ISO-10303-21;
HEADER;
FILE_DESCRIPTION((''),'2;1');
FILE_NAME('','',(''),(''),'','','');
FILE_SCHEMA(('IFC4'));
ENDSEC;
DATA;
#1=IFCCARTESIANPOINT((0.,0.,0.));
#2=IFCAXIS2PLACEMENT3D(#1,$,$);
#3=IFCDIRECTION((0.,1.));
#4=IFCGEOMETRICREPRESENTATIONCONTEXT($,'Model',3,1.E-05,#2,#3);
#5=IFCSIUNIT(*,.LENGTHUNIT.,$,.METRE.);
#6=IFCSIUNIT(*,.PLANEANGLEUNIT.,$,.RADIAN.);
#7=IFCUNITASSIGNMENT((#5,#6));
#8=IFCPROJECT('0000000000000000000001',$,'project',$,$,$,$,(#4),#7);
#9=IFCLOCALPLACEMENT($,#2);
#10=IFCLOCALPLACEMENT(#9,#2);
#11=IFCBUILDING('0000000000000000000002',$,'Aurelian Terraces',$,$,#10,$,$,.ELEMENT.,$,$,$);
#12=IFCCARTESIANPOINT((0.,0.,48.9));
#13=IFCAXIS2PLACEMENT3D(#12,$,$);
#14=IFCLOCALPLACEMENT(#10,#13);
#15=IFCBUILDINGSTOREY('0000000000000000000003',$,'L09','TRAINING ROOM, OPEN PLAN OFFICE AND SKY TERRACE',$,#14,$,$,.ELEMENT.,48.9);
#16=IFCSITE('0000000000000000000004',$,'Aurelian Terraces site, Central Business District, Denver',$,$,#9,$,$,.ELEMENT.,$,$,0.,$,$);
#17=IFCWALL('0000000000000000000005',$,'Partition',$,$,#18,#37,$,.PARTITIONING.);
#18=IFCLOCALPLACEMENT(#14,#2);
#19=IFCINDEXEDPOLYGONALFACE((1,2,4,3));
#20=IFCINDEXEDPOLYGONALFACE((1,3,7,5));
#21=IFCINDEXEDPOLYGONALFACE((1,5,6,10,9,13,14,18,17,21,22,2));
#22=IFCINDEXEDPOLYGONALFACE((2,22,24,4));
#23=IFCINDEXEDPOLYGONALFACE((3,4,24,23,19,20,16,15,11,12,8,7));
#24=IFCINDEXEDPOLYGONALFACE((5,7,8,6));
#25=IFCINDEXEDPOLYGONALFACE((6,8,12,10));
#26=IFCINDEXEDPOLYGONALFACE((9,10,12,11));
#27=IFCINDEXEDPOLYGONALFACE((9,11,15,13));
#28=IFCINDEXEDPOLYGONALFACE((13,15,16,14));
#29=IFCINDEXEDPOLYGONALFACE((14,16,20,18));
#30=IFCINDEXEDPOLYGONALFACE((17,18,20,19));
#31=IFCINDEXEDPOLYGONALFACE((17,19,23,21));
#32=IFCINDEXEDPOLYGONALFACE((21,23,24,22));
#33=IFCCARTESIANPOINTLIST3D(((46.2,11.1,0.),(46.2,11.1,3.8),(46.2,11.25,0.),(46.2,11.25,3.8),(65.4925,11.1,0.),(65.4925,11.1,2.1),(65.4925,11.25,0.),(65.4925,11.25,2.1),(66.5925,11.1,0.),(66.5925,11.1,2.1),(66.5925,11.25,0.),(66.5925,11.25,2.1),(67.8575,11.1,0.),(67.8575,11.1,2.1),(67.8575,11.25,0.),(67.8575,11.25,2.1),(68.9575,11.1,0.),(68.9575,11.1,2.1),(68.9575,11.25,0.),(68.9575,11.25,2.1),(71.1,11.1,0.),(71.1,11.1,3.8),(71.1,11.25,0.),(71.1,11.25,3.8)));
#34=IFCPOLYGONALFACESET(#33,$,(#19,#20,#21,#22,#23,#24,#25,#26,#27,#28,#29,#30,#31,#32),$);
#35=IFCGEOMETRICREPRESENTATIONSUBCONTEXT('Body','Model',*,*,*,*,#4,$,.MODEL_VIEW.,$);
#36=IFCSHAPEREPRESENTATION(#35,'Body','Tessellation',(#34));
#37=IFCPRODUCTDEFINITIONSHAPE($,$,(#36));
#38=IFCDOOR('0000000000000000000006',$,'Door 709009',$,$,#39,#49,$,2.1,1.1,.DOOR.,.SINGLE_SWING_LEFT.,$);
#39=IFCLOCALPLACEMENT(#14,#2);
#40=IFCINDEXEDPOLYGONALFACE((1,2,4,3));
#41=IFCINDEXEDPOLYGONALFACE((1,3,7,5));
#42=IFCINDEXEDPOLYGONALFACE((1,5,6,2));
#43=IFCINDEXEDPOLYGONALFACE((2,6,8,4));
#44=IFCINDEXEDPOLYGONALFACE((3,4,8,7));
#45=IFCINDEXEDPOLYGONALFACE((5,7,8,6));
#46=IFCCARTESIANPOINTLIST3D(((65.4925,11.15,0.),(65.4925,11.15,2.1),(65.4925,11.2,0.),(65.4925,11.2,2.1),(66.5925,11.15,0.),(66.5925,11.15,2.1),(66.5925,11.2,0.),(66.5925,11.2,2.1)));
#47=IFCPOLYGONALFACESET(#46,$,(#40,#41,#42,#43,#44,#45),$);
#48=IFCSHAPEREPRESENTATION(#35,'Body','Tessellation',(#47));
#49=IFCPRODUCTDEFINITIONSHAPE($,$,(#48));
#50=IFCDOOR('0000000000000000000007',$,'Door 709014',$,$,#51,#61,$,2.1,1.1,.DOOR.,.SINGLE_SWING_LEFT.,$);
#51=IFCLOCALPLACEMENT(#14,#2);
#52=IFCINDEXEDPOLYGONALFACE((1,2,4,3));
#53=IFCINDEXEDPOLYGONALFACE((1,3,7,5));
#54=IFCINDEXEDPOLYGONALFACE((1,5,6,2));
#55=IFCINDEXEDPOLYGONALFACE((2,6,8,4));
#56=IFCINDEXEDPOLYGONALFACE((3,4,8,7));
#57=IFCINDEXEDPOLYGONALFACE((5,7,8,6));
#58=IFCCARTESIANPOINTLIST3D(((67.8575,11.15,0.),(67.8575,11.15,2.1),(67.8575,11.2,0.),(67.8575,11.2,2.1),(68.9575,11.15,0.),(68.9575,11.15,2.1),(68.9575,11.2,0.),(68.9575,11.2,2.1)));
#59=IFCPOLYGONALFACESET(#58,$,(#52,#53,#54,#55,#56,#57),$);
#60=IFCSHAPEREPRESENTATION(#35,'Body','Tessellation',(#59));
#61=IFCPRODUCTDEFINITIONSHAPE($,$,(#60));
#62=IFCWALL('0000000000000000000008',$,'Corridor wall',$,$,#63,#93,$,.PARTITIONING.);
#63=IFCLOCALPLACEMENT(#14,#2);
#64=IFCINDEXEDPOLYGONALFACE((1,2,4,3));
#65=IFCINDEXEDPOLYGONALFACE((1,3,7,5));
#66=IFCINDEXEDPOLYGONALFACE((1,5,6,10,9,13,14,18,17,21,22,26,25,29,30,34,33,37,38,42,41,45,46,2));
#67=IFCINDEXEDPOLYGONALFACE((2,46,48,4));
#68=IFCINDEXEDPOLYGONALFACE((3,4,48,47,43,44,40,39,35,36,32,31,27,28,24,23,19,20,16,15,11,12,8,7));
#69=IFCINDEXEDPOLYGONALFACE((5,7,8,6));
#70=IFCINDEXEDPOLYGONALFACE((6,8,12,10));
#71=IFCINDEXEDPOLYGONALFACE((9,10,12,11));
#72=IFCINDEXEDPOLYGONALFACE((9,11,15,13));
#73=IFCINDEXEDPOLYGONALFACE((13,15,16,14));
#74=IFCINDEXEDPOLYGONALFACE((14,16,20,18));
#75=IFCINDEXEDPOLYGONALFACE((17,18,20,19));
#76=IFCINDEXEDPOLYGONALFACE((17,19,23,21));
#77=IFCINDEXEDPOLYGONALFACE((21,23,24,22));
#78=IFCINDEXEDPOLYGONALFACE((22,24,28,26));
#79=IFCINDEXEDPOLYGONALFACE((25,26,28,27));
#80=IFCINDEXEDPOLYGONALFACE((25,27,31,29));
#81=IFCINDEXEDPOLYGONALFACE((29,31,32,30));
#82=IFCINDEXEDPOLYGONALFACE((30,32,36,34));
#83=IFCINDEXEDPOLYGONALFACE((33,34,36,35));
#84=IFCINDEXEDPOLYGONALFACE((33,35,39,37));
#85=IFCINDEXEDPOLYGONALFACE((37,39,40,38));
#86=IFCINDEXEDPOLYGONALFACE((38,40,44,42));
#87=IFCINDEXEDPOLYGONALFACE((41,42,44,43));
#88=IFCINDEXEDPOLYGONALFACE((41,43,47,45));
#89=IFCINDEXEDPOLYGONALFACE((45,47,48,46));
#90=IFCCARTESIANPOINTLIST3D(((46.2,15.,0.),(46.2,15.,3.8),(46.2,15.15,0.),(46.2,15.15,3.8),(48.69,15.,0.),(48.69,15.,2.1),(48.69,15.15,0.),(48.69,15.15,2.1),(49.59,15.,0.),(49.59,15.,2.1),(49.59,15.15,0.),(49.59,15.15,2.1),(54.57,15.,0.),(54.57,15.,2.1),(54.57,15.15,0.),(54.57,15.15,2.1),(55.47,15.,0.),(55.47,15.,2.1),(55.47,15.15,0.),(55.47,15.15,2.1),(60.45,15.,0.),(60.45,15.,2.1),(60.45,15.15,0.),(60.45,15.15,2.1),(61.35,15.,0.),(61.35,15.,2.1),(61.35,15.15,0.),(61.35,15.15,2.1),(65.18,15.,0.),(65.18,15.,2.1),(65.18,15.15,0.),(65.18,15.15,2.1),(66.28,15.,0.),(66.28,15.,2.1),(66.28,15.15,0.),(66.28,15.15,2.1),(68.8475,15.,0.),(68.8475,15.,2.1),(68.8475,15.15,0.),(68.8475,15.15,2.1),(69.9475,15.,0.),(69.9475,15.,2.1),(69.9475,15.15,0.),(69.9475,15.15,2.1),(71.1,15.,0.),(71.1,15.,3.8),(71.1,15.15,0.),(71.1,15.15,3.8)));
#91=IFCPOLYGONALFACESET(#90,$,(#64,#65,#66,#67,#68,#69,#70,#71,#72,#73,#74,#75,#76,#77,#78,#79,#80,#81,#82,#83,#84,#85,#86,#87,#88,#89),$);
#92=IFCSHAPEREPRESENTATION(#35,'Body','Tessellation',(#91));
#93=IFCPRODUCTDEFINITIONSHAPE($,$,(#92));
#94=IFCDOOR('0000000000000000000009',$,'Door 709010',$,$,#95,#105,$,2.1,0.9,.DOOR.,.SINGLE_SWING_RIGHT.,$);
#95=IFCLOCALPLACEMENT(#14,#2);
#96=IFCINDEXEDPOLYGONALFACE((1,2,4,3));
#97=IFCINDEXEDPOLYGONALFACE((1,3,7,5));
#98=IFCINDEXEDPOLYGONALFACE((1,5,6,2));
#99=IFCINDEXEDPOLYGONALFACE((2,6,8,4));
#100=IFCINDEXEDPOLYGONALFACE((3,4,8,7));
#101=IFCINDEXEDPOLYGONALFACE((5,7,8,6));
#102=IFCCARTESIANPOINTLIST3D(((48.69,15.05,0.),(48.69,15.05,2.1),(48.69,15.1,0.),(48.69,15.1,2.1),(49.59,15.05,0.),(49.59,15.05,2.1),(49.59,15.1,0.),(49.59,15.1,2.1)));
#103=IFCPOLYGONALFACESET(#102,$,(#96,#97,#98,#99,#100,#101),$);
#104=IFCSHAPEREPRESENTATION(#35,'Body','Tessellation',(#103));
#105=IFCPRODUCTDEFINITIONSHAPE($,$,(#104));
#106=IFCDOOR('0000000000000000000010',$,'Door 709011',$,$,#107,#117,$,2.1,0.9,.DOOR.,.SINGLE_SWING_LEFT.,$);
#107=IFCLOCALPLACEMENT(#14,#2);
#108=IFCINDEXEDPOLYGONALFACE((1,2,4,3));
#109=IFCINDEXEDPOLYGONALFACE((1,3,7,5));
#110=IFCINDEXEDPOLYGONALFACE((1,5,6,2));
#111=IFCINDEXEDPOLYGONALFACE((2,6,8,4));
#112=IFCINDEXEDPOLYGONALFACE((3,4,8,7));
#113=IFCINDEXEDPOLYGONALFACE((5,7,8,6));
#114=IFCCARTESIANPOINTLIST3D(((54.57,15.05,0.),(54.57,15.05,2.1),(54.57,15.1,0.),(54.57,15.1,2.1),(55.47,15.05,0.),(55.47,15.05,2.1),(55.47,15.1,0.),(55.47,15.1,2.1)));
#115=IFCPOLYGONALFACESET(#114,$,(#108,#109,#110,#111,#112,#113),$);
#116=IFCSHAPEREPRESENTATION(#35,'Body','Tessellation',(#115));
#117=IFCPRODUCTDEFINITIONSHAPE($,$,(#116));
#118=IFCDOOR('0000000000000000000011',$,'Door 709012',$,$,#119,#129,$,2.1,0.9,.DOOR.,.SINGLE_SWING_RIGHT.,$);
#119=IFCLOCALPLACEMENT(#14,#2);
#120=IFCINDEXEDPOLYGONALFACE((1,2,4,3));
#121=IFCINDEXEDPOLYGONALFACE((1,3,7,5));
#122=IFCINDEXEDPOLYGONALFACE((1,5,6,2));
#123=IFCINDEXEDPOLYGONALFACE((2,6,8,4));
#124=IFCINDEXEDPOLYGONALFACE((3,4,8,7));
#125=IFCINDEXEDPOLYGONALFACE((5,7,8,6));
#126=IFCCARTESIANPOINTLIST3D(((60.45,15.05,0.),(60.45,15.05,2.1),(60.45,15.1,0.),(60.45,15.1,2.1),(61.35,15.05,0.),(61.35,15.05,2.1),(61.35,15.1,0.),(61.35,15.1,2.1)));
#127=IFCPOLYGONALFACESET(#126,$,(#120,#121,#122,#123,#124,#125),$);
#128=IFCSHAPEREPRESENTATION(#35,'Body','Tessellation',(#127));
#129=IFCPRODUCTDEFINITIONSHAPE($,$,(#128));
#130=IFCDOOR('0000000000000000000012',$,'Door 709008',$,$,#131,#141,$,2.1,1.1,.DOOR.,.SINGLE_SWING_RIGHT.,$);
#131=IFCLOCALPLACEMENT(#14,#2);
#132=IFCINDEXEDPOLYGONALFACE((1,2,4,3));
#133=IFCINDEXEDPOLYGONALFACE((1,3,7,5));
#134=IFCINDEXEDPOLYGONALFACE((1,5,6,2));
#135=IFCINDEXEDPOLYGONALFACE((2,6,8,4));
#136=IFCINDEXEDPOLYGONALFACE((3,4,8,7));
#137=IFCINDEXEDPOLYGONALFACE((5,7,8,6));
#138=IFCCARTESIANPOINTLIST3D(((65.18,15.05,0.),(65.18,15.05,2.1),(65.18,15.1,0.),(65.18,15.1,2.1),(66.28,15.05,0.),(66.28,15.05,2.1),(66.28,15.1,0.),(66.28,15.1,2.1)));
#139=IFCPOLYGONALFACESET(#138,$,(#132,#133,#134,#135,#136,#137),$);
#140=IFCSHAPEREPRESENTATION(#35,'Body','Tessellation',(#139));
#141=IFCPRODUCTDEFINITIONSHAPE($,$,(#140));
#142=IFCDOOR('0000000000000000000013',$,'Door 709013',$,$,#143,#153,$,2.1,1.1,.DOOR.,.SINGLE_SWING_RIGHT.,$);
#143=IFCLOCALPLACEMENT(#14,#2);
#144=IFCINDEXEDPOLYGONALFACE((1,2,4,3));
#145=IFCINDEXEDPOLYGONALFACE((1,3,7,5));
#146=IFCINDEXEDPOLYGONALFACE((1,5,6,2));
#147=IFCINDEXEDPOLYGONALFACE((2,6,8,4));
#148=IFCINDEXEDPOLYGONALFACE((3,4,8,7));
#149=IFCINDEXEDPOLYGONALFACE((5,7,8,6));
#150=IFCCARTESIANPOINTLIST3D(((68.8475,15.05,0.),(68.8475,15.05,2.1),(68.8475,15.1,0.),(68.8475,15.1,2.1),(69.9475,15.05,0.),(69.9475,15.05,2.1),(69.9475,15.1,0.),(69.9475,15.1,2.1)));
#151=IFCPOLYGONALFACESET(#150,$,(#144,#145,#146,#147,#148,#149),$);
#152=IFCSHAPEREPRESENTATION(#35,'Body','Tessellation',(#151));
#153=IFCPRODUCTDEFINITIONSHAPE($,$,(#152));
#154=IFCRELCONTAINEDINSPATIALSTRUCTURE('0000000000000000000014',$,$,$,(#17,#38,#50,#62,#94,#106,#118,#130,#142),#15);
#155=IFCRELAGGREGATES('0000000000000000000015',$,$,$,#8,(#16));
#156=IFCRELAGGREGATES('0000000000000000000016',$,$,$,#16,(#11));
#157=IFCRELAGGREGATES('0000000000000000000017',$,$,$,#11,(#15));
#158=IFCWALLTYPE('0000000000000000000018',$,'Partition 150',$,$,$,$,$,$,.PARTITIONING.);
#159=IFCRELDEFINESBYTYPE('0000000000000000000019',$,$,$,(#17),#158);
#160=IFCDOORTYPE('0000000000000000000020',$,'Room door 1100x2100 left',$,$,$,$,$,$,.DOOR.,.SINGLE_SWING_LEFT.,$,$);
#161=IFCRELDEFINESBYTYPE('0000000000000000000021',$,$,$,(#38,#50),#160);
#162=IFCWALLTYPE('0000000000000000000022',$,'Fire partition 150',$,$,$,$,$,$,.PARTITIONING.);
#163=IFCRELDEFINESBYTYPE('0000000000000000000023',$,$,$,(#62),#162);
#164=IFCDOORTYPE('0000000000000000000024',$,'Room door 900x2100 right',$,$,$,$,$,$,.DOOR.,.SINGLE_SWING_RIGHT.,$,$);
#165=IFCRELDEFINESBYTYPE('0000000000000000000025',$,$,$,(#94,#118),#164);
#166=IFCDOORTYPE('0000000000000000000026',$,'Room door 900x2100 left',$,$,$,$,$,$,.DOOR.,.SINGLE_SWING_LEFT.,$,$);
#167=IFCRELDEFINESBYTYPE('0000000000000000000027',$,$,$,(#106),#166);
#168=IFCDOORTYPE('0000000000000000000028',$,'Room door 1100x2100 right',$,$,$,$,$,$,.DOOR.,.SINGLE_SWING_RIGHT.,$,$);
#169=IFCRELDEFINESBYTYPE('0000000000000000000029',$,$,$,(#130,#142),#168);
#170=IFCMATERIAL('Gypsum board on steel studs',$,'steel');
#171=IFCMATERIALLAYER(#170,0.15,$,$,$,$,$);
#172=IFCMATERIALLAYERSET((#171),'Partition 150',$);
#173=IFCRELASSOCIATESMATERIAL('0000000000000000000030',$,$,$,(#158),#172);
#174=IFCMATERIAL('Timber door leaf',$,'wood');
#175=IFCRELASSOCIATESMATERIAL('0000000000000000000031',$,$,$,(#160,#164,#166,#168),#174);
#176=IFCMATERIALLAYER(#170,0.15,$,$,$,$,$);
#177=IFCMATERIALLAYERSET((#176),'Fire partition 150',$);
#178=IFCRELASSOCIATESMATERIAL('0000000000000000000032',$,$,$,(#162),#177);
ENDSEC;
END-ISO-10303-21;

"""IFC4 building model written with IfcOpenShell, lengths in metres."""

from ifc_helpers import new_model, si_unit, direction, frame, frame_2d, origin, place, context, subcontext, project, spatial, rectangle, extrude, source, transform, mapped, material, layer, layer_set, type_object, element, fill, save


model = new_model("IFC4")

# Units and contexts
model_context = context("Model", 3, precision=1e-05, world=origin(), true_north=direction((0.0, 1.0)))
body_context = subcontext(model_context, "Body", "Model", "MODEL_VIEW")
ifc_project = project(units=[si_unit("LENGTHUNIT", "METRE"), si_unit("PLANEANGLEUNIT", "RADIAN")], contexts=[model_context])

# Site, building, storey
site_placement = place(None, origin())
site = spatial("IfcSite", under=ifc_project, at=site_placement, Name="Aurelian Terraces site, Central Business District, Denver", CompositionType="ELEMENT", RefElevation=0.0)
building_placement = place(site_placement, origin())
building = spatial("IfcBuilding", under=site, at=building_placement, Name="Aurelian Terraces", CompositionType="ELEMENT")
storey_placement = place(building_placement, frame((0.0, 0.0, 48.9)))
storey = spatial("IfcBuildingStorey", under=building, at=storey_placement, Name="L09", Description="TRAINING ROOM, OPEN PLAN OFFICE AND SKY TERRACE", CompositionType="ELEMENT", Elevation=48.9)

# Shared definitions
ifc_material_1 = material(Name="Gypsum board on steel studs", Category="steel")
ifc_layer_1 = layer(ifc_material_1, 0.15)
ifc_layer_set_1 = layer_set([ifc_layer_1], Name="Partition 150")
wall_type_1 = type_object("IfcWallType", Name="Partition 150", PredefinedType="PARTITIONING", material=ifc_layer_set_1)

# Walls, openings, doors
shared_shape_1 = source(origin(), body_context, "Body", "SweptSolid", [
    extrude(rectangle(XDim=24.9, YDim=0.15, at=frame_2d((12.45, 0.0))), origin(), (0.0, 0.0, 1.0), 3.8),
])
wall_1_placement = place(storey_placement, frame((71.1, 11.175, 0.0), z_axis=(0.0, 0.0, 1.0), x_axis=(-1.0, 0.0, 0.0)))
wall_1 = element("IfcWall", 1, at=wall_1_placement, inside=storey, type_object=wall_type_1, Name="Partition", PredefinedType="PARTITIONING", context=body_context, shape_type="MappedRepresentation", body=[
    mapped(shared_shape_1, transform((0.0, 0.0, 0.0), scale=1.0)),
])
shared_shape_2 = source(origin(), body_context, "Body", "SweptSolid", [
    extrude(rectangle(XDim=1.1, YDim=2.1, at=frame_2d((0.55, 1.05))), frame((0.0, 0.085, 0.0), z_axis=(0.0, -1.0, 0.0), x_axis=(1.0, 0.0, 0.0)), (0.0, 0.0, 1.0), 0.17),
])
opening_1_placement = place(wall_1_placement, frame((4.5075, 0.0, 0.0)))
opening_1 = element("IfcOpeningElement", 2, at=opening_1_placement, cuts=wall_1, PredefinedType="OPENING", context=body_context, shape_type="MappedRepresentation", body=[
    mapped(shared_shape_2, transform((0.0, 0.0, 0.0), scale=1.0)),
])
opening_2_placement = place(wall_1_placement, frame((2.1425, 0.0, 0.0)))
opening_2 = element("IfcOpeningElement", 3, at=opening_2_placement, cuts=wall_1, PredefinedType="OPENING", context=body_context, shape_type="MappedRepresentation", body=[
    mapped(shared_shape_2, transform((0.0, 0.0, 0.0), scale=1.0)),
])
ifc_material_2 = material(Name="Timber door leaf", Category="wood")
door_type_1 = type_object("IfcDoorType", Name="Room door 1100x2100 left", OperationType="SINGLE_SWING_LEFT", PredefinedType="DOOR", material=ifc_material_2)
shared_shape_3 = source(origin(), body_context, "Body", "SweptSolid", [
    extrude(rectangle(XDim=1.1, YDim=2.1, at=frame_2d((0.55, 1.05))), frame((0.0, 0.025, 0.0), z_axis=(0.0, -1.0, 0.0), x_axis=(1.0, 0.0, 0.0)), (0.0, 0.0, 1.0), 0.05),
])
door_1_placement = place(opening_1_placement, origin())
door_1 = element("IfcDoor", 4, at=door_1_placement, inside=storey, type_object=door_type_1, Name="Door 709009", OperationType="SINGLE_SWING_LEFT", OverallHeight=2.1, OverallWidth=1.1, PredefinedType="DOOR", context=body_context, shape_type="MappedRepresentation", body=[
    mapped(shared_shape_3, transform((0.0, 0.0, 0.0), scale=1.0)),
])
fill(opening_1, door_1)
door_2_placement = place(opening_2_placement, origin())
door_2 = element("IfcDoor", 5, at=door_2_placement, inside=storey, type_object=door_type_1, Name="Door 709014", OperationType="SINGLE_SWING_LEFT", OverallHeight=2.1, OverallWidth=1.1, PredefinedType="DOOR", context=body_context, shape_type="MappedRepresentation", body=[
    mapped(shared_shape_3, transform((0.0, 0.0, 0.0), scale=1.0)),
])
fill(opening_2, door_2)
ifc_layer_2 = layer(ifc_material_1, 0.15)
ifc_layer_set_2 = layer_set([ifc_layer_2], Name="Fire partition 150")
wall_type_2 = type_object("IfcWallType", Name="Fire partition 150", PredefinedType="PARTITIONING", material=ifc_layer_set_2)
wall_2_placement = place(storey_placement, frame((71.1, 15.075, 0.0), z_axis=(0.0, 0.0, 1.0), x_axis=(-1.0, 0.0, 0.0)))
wall_2 = element("IfcWall", 6, at=wall_2_placement, inside=storey, type_object=wall_type_2, Name="Corridor wall", PredefinedType="PARTITIONING", context=body_context, shape_type="MappedRepresentation", body=[
    mapped(shared_shape_1, transform((0.0, 0.0, 0.0), scale=1.0)),
])
opening_3_placement = place(wall_2_placement, frame((4.82, 0.0, 0.0)))
opening_3 = element("IfcOpeningElement", 7, at=opening_3_placement, cuts=wall_2, PredefinedType="OPENING", context=body_context, shape_type="MappedRepresentation", body=[
    mapped(shared_shape_2, transform((0.0, 0.0, 0.0), scale=1.0)),
])
shared_shape_4 = source(origin(), body_context, "Body", "SweptSolid", [
    extrude(rectangle(XDim=0.9, YDim=2.1, at=frame_2d((0.45, 1.05))), frame((0.0, 0.085, 0.0), z_axis=(0.0, -1.0, 0.0), x_axis=(1.0, 0.0, 0.0)), (0.0, 0.0, 1.0), 0.17),
])
opening_4_placement = place(wall_2_placement, frame((21.51, 0.0, 0.0)))
opening_4 = element("IfcOpeningElement", 8, at=opening_4_placement, cuts=wall_2, PredefinedType="OPENING", context=body_context, shape_type="MappedRepresentation", body=[
    mapped(shared_shape_4, transform((0.0, 0.0, 0.0), scale=1.0)),
])
opening_5_placement = place(wall_2_placement, frame((15.63, 0.0, 0.0)))
opening_5 = element("IfcOpeningElement", 9, at=opening_5_placement, cuts=wall_2, PredefinedType="OPENING", context=body_context, shape_type="MappedRepresentation", body=[
    mapped(shared_shape_4, transform((0.0, 0.0, 0.0), scale=1.0)),
])
opening_6_placement = place(wall_2_placement, frame((9.75, 0.0, 0.0)))
opening_6 = element("IfcOpeningElement", 10, at=opening_6_placement, cuts=wall_2, PredefinedType="OPENING", context=body_context, shape_type="MappedRepresentation", body=[
    mapped(shared_shape_4, transform((0.0, 0.0, 0.0), scale=1.0)),
])
opening_7_placement = place(wall_2_placement, frame((1.1525, 0.0, 0.0)))
opening_7 = element("IfcOpeningElement", 11, at=opening_7_placement, cuts=wall_2, PredefinedType="OPENING", context=body_context, shape_type="MappedRepresentation", body=[
    mapped(shared_shape_2, transform((0.0, 0.0, 0.0), scale=1.0)),
])
door_type_2 = type_object("IfcDoorType", Name="Room door 900x2100 right", OperationType="SINGLE_SWING_RIGHT", PredefinedType="DOOR", material=ifc_material_2)
shared_shape_5 = source(origin(), body_context, "Body", "SweptSolid", [
    extrude(rectangle(XDim=0.9, YDim=2.1, at=frame_2d((0.45, 1.05))), frame((0.0, 0.025, 0.0), z_axis=(0.0, -1.0, 0.0), x_axis=(1.0, 0.0, 0.0)), (0.0, 0.0, 1.0), 0.05),
])
door_3_placement = place(opening_4_placement, origin())
door_3 = element("IfcDoor", 12, at=door_3_placement, inside=storey, type_object=door_type_2, Name="Door 709010", OperationType="SINGLE_SWING_RIGHT", OverallHeight=2.1, OverallWidth=0.9, PredefinedType="DOOR", context=body_context, shape_type="MappedRepresentation", body=[
    mapped(shared_shape_5, transform((0.0, 0.0, 0.0), scale=1.0)),
])
fill(opening_4, door_3)
door_type_3 = type_object("IfcDoorType", Name="Room door 900x2100 left", OperationType="SINGLE_SWING_LEFT", PredefinedType="DOOR", material=ifc_material_2)
door_4_placement = place(opening_5_placement, origin())
door_4 = element("IfcDoor", 13, at=door_4_placement, inside=storey, type_object=door_type_3, Name="Door 709011", OperationType="SINGLE_SWING_LEFT", OverallHeight=2.1, OverallWidth=0.9, PredefinedType="DOOR", context=body_context, shape_type="MappedRepresentation", body=[
    mapped(shared_shape_5, transform((0.0, 0.0, 0.0), scale=1.0)),
])
fill(opening_5, door_4)
door_5_placement = place(opening_6_placement, origin())
door_5 = element("IfcDoor", 14, at=door_5_placement, inside=storey, type_object=door_type_2, Name="Door 709012", OperationType="SINGLE_SWING_RIGHT", OverallHeight=2.1, OverallWidth=0.9, PredefinedType="DOOR", context=body_context, shape_type="MappedRepresentation", body=[
    mapped(shared_shape_5, transform((0.0, 0.0, 0.0), scale=1.0)),
])
fill(opening_6, door_5)
door_type_4 = type_object("IfcDoorType", Name="Room door 1100x2100 right", OperationType="SINGLE_SWING_RIGHT", PredefinedType="DOOR", material=ifc_material_2)
door_6_placement = place(opening_3_placement, origin())
door_6 = element("IfcDoor", 15, at=door_6_placement, inside=storey, type_object=door_type_4, Name="Door 709008", OperationType="SINGLE_SWING_RIGHT", OverallHeight=2.1, OverallWidth=1.1, PredefinedType="DOOR", context=body_context, shape_type="MappedRepresentation", body=[
    mapped(shared_shape_3, transform((0.0, 0.0, 0.0), scale=1.0)),
])
fill(opening_3, door_6)
door_7_placement = place(opening_7_placement, origin())
door_7 = element("IfcDoor", 16, at=door_7_placement, inside=storey, type_object=door_type_4, Name="Door 709013", OperationType="SINGLE_SWING_RIGHT", OverallHeight=2.1, OverallWidth=1.1, PredefinedType="DOOR", context=body_context, shape_type="MappedRepresentation", body=[
    mapped(shared_shape_3, transform((0.0, 0.0, 0.0), scale=1.0)),
])
fill(opening_7, door_7)

save(model, "model.ifc")
